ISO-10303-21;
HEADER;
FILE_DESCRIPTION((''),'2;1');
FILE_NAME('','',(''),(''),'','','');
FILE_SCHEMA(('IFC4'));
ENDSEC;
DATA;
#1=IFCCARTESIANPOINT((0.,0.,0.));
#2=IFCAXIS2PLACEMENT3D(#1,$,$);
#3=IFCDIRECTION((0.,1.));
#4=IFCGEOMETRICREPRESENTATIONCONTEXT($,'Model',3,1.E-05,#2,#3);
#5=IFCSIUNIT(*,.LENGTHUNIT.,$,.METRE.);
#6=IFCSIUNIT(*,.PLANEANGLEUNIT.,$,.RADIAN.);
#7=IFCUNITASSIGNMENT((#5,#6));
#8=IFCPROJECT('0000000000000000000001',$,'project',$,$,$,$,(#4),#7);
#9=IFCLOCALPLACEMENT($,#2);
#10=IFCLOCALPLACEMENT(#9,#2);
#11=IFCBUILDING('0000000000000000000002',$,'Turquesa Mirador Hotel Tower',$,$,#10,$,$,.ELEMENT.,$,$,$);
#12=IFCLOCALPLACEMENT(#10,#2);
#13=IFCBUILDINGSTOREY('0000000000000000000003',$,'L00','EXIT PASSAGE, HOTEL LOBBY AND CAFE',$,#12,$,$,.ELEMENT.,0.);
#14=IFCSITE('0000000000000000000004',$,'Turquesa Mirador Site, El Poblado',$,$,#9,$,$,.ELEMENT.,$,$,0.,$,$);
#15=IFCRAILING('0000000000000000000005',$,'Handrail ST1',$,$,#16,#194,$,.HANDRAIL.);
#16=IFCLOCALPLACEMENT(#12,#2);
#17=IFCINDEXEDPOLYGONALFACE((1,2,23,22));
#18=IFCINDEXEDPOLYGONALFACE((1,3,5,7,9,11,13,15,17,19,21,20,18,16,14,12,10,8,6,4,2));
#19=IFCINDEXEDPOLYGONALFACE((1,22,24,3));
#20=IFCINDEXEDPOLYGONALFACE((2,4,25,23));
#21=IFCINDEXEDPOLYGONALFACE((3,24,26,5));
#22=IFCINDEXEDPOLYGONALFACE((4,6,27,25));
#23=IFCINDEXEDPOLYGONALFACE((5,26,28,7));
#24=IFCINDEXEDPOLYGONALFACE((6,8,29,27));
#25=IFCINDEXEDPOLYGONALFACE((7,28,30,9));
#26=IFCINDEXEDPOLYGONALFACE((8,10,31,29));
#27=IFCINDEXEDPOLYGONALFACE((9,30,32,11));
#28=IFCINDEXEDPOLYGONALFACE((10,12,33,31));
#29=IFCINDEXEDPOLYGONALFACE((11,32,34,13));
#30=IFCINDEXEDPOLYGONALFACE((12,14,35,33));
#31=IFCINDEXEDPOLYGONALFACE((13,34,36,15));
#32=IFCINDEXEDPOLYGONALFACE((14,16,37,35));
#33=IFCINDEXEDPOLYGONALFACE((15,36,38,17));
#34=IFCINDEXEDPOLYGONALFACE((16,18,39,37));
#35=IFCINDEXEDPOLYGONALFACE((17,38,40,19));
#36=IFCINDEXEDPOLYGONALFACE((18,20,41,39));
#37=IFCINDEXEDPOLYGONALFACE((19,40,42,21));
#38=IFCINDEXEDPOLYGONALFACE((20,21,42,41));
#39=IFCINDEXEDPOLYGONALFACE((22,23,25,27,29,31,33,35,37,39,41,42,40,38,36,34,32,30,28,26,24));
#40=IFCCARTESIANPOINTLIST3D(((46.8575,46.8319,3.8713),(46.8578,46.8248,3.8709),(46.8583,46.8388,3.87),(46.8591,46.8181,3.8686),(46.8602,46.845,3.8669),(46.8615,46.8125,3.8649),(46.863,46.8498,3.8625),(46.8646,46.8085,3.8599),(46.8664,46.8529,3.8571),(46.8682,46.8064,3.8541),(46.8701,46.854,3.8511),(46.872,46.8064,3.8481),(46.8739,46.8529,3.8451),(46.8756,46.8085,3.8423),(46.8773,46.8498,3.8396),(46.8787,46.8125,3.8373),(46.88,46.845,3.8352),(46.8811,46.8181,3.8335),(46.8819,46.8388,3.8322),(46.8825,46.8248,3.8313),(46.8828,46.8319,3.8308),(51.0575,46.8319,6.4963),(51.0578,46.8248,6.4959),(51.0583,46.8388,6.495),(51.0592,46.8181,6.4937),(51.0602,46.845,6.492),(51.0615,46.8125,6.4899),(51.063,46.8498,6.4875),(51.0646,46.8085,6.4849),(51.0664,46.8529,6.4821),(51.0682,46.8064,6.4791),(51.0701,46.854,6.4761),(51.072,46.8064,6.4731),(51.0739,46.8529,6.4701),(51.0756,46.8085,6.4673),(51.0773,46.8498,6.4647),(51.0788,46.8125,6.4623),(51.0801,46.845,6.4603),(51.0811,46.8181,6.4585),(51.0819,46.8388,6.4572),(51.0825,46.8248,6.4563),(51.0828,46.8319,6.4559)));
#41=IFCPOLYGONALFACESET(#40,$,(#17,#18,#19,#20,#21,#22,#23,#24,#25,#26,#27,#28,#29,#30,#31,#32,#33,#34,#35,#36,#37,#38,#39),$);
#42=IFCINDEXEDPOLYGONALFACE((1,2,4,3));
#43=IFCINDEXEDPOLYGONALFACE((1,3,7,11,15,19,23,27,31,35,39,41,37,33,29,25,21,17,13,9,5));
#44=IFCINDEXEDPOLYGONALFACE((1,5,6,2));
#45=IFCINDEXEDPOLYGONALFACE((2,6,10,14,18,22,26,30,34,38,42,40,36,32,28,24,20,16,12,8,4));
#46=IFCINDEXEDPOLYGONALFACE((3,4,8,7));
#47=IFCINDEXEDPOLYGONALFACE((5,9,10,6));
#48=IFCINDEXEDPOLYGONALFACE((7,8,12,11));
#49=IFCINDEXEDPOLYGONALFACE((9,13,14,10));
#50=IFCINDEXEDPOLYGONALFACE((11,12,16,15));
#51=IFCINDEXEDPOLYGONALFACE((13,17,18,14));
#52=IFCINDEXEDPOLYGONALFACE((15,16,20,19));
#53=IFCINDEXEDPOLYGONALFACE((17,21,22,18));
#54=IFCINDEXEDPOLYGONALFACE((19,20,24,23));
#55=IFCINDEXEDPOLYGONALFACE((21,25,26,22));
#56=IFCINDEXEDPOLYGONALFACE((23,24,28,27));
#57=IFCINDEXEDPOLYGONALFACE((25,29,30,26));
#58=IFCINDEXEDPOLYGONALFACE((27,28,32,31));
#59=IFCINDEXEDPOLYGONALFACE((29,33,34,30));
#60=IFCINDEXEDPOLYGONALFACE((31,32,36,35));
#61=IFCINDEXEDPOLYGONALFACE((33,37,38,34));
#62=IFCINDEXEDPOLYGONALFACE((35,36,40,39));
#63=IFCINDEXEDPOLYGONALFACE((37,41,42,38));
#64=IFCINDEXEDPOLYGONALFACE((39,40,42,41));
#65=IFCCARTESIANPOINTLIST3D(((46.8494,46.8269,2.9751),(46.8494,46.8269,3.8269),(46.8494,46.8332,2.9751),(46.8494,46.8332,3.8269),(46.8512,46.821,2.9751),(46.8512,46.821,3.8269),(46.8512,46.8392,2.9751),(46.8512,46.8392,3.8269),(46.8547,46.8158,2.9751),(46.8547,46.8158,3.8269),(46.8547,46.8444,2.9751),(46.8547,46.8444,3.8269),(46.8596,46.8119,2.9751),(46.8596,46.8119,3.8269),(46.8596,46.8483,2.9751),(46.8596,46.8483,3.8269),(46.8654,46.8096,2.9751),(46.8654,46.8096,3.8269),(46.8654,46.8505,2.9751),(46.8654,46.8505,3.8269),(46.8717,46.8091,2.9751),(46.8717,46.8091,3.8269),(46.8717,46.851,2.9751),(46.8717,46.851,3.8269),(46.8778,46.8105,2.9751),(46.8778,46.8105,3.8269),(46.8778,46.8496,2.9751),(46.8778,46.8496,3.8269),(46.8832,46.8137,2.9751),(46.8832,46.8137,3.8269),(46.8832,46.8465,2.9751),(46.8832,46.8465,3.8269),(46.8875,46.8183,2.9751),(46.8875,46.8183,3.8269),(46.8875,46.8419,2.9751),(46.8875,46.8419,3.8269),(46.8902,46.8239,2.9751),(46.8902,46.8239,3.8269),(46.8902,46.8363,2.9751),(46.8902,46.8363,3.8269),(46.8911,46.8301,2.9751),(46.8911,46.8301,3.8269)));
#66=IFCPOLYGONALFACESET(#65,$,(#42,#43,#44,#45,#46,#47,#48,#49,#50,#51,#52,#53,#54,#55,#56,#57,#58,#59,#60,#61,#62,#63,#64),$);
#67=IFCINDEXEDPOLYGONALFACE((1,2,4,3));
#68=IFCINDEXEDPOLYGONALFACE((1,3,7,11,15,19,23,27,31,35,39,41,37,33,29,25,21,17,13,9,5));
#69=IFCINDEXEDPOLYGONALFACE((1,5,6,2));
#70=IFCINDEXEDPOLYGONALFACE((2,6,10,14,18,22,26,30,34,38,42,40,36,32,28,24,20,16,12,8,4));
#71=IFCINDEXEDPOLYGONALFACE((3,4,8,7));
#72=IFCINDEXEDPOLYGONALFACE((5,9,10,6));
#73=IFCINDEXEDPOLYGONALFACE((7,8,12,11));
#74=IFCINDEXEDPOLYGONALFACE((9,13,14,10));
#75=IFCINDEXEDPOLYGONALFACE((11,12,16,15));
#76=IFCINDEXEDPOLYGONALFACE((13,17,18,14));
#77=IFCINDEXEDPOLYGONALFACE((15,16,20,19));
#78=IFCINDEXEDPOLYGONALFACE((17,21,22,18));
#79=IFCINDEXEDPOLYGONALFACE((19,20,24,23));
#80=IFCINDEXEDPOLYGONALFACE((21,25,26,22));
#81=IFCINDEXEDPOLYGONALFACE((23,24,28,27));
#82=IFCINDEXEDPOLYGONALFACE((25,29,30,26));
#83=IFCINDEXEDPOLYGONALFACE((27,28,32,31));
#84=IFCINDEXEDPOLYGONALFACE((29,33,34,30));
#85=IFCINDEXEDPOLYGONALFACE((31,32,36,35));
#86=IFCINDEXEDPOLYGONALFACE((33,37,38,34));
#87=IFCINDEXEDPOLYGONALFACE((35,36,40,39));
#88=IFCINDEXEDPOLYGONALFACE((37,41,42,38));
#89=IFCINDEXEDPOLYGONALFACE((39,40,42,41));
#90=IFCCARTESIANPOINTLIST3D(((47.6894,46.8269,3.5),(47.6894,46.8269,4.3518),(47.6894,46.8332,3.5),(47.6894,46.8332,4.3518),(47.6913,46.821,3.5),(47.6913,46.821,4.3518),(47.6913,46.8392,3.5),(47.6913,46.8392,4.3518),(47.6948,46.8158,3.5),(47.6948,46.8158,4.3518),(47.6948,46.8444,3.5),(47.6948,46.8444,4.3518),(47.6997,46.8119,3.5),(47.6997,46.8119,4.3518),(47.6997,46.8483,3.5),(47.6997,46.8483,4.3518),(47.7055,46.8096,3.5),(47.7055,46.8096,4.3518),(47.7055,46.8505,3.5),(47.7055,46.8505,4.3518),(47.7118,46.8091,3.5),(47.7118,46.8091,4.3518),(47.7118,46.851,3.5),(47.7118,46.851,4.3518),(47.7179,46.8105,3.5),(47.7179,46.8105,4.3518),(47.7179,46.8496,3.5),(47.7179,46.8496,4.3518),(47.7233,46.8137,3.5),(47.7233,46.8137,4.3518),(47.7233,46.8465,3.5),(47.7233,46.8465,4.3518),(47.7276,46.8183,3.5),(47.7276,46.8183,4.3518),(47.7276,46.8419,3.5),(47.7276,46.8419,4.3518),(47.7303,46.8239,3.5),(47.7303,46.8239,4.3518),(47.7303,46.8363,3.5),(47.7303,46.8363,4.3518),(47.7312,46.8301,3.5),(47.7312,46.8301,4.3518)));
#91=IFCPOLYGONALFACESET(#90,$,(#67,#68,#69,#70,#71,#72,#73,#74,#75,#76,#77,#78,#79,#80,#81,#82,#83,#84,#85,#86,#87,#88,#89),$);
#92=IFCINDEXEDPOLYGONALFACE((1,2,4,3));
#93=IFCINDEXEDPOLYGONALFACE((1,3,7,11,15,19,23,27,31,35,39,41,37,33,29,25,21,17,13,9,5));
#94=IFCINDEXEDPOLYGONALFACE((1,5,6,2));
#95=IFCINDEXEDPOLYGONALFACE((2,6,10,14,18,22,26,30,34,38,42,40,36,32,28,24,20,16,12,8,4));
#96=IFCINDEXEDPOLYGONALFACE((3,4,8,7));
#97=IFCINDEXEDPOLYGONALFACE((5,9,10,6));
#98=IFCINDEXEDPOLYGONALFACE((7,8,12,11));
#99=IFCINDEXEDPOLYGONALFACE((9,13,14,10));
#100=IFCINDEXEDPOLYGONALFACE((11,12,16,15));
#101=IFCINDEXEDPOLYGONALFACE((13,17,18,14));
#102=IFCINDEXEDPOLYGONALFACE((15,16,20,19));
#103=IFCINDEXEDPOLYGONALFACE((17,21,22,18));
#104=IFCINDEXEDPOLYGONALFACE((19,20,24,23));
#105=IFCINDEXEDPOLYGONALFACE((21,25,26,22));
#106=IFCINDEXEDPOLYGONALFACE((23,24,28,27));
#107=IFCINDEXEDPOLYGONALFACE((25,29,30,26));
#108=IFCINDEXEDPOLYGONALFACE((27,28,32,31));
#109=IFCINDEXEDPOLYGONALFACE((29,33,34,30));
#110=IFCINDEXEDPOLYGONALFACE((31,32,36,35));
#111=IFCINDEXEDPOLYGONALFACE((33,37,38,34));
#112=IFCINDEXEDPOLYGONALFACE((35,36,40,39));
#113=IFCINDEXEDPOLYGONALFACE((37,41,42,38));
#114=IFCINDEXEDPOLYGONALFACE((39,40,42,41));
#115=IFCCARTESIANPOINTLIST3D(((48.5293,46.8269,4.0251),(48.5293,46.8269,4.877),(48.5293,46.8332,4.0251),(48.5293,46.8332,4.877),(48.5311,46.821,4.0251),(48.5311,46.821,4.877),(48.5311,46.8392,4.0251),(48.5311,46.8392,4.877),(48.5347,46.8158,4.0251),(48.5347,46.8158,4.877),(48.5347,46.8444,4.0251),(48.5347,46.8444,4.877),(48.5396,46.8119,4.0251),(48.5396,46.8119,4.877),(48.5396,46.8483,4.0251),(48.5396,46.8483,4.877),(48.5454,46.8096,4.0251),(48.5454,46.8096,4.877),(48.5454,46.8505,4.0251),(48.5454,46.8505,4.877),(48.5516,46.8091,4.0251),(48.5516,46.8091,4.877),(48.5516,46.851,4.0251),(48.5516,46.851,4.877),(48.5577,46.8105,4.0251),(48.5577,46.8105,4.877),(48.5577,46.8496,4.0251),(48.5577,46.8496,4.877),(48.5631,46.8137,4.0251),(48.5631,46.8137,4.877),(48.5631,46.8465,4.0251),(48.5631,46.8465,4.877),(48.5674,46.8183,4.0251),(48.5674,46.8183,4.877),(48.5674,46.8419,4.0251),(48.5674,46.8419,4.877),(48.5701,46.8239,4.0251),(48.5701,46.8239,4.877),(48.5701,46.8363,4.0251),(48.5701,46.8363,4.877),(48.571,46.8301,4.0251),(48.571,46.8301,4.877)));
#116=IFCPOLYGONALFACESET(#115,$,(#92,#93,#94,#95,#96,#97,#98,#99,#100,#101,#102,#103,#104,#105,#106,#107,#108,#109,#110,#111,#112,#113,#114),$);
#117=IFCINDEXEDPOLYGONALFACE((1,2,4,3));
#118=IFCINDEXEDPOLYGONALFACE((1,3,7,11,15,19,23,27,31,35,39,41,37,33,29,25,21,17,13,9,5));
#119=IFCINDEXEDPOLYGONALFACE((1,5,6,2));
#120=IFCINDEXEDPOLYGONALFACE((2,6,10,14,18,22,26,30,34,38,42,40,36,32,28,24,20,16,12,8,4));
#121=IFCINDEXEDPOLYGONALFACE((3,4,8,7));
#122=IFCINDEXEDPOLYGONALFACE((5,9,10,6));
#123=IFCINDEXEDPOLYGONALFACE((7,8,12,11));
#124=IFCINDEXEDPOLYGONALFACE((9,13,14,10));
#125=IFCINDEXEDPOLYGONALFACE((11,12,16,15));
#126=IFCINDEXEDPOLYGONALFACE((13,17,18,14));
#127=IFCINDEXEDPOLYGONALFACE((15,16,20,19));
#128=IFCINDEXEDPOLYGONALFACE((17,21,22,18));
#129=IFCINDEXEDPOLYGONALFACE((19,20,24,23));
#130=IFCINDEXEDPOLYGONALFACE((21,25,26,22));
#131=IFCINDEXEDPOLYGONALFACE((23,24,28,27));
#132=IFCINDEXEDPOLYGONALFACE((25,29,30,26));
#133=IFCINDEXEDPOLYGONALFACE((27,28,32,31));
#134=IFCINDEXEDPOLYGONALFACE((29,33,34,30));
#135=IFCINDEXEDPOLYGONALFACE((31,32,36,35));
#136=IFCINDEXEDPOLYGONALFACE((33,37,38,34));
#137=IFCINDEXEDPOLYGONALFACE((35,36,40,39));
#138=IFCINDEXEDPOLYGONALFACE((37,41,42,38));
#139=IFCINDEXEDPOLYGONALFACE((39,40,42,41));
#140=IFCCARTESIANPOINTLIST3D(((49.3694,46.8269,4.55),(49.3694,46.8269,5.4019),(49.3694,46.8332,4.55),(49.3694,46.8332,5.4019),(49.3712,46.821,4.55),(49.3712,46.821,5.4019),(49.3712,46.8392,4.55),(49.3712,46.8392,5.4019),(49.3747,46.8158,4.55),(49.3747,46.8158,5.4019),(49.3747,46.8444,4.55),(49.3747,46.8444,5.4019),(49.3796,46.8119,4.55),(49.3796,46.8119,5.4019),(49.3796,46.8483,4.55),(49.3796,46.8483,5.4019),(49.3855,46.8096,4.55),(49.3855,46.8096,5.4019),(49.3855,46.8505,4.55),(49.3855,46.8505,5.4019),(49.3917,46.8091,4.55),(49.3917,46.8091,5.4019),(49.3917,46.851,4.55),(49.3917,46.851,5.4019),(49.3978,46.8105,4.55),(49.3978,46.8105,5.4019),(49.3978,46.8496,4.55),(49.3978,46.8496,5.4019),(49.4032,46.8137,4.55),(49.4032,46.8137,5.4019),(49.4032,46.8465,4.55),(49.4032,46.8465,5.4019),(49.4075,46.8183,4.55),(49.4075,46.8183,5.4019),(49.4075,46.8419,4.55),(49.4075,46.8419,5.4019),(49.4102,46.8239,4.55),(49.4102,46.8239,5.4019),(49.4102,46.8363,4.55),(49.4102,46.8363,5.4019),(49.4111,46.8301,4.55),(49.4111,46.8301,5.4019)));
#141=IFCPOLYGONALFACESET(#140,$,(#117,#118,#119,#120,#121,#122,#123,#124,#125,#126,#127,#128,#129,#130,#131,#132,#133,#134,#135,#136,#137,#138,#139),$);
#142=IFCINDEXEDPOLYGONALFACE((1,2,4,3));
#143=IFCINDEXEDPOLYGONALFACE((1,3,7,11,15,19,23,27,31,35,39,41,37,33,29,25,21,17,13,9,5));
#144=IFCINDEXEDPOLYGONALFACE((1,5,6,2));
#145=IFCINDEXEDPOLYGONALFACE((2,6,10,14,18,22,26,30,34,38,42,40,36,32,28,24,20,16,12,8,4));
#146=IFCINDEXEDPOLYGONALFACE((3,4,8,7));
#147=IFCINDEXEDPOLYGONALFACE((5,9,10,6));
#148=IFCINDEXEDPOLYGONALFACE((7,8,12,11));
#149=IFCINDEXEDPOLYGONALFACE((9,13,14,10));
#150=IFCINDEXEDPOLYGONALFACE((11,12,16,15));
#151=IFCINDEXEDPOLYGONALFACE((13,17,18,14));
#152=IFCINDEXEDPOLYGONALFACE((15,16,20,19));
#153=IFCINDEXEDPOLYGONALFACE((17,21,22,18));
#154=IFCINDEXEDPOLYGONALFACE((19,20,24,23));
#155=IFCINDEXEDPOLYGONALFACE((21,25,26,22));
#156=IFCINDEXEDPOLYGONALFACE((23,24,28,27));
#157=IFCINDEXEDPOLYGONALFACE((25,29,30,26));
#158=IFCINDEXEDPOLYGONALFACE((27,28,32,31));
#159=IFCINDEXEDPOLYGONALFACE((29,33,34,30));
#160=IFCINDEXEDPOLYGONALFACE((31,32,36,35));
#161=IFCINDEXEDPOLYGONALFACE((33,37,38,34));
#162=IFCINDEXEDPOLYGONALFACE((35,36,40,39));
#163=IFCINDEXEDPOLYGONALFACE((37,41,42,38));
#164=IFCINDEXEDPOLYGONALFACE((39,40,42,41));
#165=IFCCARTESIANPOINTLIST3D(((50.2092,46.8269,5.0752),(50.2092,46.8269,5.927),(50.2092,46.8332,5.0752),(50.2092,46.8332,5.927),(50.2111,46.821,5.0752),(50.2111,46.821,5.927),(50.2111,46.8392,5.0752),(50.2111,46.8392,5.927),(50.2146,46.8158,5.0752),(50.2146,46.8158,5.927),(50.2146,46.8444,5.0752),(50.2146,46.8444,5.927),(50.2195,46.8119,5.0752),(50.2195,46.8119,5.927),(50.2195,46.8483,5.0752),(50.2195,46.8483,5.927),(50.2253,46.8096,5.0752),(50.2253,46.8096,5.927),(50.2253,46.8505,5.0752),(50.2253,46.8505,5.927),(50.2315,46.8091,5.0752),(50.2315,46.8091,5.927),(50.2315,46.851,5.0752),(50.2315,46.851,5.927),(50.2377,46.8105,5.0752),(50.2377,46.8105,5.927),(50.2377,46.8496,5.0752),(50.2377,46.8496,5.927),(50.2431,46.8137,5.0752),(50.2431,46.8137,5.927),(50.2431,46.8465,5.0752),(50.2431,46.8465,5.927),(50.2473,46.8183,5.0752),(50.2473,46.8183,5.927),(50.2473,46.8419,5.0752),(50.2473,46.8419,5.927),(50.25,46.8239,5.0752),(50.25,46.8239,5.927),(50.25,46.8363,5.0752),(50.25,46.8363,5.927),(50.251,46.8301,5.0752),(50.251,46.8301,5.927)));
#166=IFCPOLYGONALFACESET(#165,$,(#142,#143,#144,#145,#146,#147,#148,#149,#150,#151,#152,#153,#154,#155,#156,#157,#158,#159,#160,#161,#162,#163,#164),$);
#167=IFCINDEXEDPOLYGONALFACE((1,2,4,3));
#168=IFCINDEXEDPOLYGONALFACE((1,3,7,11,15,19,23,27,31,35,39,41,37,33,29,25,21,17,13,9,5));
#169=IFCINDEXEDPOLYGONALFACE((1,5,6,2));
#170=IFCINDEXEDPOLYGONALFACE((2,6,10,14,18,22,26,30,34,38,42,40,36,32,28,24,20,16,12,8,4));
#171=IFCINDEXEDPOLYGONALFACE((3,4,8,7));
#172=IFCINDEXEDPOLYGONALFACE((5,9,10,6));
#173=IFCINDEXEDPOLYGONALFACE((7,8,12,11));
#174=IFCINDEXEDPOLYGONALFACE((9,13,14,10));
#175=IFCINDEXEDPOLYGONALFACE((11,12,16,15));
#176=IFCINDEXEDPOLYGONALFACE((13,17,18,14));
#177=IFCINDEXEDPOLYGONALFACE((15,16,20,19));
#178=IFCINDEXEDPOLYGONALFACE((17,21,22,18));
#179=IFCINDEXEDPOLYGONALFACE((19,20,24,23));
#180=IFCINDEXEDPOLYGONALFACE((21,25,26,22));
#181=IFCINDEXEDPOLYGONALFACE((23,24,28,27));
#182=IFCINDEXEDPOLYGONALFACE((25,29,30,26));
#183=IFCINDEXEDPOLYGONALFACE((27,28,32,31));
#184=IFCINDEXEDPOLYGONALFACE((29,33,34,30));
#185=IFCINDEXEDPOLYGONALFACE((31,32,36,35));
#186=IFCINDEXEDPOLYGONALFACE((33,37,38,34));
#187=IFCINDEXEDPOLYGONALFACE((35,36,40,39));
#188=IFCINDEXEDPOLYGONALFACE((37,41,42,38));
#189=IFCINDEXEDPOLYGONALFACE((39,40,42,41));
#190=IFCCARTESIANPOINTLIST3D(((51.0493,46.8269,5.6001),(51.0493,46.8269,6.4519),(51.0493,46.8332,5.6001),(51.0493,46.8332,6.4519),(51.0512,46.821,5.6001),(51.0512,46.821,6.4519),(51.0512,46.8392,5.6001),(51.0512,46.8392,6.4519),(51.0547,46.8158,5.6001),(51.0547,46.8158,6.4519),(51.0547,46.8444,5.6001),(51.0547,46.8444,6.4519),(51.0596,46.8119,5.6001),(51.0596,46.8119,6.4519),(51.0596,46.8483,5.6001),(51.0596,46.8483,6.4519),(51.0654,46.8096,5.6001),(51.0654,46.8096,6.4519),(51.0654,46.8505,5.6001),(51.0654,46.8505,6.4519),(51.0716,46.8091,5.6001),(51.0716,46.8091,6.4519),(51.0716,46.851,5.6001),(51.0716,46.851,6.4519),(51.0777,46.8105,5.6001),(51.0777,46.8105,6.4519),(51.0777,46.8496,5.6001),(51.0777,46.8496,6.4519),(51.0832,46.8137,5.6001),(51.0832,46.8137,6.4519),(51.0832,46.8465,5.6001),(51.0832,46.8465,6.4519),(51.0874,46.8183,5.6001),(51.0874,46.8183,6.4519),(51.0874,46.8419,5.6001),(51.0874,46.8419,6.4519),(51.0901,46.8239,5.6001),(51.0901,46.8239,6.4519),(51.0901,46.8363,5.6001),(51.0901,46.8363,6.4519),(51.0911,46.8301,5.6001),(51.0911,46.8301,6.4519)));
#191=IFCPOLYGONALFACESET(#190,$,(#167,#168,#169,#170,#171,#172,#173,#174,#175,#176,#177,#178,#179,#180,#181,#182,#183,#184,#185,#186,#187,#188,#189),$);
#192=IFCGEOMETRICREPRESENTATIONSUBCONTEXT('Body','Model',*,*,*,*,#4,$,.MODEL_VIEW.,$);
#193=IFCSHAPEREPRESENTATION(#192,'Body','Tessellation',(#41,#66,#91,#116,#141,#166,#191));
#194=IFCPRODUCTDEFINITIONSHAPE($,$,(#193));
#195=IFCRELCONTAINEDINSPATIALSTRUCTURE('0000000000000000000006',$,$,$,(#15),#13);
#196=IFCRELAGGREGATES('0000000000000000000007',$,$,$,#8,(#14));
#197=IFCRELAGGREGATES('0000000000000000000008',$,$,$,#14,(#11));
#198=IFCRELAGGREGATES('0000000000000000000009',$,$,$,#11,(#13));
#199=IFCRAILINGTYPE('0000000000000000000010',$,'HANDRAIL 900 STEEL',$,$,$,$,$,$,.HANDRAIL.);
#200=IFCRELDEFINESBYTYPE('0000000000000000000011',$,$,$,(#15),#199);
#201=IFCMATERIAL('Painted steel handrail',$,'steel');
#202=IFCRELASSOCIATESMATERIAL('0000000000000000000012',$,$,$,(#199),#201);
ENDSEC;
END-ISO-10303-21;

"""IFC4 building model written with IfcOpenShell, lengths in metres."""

from ifc_helpers import new_model, si_unit, direction, frame, origin, origin_2d, place, context, subcontext, project, spatial, circle, extrude, material, type_object, element, save


model = new_model("IFC4")

# Units and contexts
model_context = context("Model", 3, precision=1e-05, world=origin(), true_north=direction((0.0, 1.0)))
body_context = subcontext(model_context, "Body", "Model", "MODEL_VIEW")
ifc_project = project(units=[si_unit("LENGTHUNIT", "METRE"), si_unit("PLANEANGLEUNIT", "RADIAN")], contexts=[model_context])

# Site, building, storey
site_placement = place(None, origin())
site = spatial("IfcSite", under=ifc_project, at=site_placement, Name="Turquesa Mirador Site, El Poblado", CompositionType="ELEMENT", RefElevation=0.0)
building_placement = place(site_placement, origin())
building = spatial("IfcBuilding", under=site, at=building_placement, Name="Turquesa Mirador Hotel Tower", CompositionType="ELEMENT")
storey_placement = place(building_placement, origin())
storey = spatial("IfcBuildingStorey", under=building, at=storey_placement, Name="L00", Description="EXIT PASSAGE, HOTEL LOBBY AND CAFE", CompositionType="ELEMENT", Elevation=0.0)

# Railing
ifc_material_1 = material(Name="Painted steel handrail", Category="steel")
railing_type = type_object("IfcRailingType", Name="HANDRAIL 900 STEEL", PredefinedType="HANDRAIL", material=ifc_material_1)
railing_1_placement = place(storey_placement, frame((46.8701, 46.8301, 2.9751)))
element("IfcRailing", 1, at=railing_1_placement, inside=storey, type_object=railing_type, Name="Handrail ST1", PredefinedType="HANDRAIL", context=body_context, shape_type="SweptSolid", body=[
    extrude(circle(Radius=0.0239, at=origin_2d()), frame((0.0, 0.0, 0.876), z_axis=(0.847996, 0.0, 0.530003), x_axis=(0.0, 1.0, 0.0)), (0.0, 0.0, 1.0), 4.9529),
    extrude(circle(Radius=0.021, at=origin_2d()), origin(), (0.0, 0.0, 1.0), 0.8518),
    extrude(circle(Radius=0.021, at=origin_2d()), frame((0.8401, 0.0, 0.5249)), (0.0, 0.0, 1.0), 0.8518),
    extrude(circle(Radius=0.021, at=origin_2d()), frame((1.6799, 0.0, 1.05)), (0.0, 0.0, 1.0), 0.8518),
    extrude(circle(Radius=0.021, at=origin_2d()), frame((2.52, 0.0, 1.575)), (0.0, 0.0, 1.0), 0.8518),
    extrude(circle(Radius=0.021, at=origin_2d()), frame((3.3599, 0.0, 2.1001)), (0.0, 0.0, 1.0), 0.8518),
    extrude(circle(Radius=0.021, at=origin_2d()), frame((4.2, 0.0, 2.625)), (0.0, 0.0, 1.0), 0.8518),
])

save(model, "model.ifc")
